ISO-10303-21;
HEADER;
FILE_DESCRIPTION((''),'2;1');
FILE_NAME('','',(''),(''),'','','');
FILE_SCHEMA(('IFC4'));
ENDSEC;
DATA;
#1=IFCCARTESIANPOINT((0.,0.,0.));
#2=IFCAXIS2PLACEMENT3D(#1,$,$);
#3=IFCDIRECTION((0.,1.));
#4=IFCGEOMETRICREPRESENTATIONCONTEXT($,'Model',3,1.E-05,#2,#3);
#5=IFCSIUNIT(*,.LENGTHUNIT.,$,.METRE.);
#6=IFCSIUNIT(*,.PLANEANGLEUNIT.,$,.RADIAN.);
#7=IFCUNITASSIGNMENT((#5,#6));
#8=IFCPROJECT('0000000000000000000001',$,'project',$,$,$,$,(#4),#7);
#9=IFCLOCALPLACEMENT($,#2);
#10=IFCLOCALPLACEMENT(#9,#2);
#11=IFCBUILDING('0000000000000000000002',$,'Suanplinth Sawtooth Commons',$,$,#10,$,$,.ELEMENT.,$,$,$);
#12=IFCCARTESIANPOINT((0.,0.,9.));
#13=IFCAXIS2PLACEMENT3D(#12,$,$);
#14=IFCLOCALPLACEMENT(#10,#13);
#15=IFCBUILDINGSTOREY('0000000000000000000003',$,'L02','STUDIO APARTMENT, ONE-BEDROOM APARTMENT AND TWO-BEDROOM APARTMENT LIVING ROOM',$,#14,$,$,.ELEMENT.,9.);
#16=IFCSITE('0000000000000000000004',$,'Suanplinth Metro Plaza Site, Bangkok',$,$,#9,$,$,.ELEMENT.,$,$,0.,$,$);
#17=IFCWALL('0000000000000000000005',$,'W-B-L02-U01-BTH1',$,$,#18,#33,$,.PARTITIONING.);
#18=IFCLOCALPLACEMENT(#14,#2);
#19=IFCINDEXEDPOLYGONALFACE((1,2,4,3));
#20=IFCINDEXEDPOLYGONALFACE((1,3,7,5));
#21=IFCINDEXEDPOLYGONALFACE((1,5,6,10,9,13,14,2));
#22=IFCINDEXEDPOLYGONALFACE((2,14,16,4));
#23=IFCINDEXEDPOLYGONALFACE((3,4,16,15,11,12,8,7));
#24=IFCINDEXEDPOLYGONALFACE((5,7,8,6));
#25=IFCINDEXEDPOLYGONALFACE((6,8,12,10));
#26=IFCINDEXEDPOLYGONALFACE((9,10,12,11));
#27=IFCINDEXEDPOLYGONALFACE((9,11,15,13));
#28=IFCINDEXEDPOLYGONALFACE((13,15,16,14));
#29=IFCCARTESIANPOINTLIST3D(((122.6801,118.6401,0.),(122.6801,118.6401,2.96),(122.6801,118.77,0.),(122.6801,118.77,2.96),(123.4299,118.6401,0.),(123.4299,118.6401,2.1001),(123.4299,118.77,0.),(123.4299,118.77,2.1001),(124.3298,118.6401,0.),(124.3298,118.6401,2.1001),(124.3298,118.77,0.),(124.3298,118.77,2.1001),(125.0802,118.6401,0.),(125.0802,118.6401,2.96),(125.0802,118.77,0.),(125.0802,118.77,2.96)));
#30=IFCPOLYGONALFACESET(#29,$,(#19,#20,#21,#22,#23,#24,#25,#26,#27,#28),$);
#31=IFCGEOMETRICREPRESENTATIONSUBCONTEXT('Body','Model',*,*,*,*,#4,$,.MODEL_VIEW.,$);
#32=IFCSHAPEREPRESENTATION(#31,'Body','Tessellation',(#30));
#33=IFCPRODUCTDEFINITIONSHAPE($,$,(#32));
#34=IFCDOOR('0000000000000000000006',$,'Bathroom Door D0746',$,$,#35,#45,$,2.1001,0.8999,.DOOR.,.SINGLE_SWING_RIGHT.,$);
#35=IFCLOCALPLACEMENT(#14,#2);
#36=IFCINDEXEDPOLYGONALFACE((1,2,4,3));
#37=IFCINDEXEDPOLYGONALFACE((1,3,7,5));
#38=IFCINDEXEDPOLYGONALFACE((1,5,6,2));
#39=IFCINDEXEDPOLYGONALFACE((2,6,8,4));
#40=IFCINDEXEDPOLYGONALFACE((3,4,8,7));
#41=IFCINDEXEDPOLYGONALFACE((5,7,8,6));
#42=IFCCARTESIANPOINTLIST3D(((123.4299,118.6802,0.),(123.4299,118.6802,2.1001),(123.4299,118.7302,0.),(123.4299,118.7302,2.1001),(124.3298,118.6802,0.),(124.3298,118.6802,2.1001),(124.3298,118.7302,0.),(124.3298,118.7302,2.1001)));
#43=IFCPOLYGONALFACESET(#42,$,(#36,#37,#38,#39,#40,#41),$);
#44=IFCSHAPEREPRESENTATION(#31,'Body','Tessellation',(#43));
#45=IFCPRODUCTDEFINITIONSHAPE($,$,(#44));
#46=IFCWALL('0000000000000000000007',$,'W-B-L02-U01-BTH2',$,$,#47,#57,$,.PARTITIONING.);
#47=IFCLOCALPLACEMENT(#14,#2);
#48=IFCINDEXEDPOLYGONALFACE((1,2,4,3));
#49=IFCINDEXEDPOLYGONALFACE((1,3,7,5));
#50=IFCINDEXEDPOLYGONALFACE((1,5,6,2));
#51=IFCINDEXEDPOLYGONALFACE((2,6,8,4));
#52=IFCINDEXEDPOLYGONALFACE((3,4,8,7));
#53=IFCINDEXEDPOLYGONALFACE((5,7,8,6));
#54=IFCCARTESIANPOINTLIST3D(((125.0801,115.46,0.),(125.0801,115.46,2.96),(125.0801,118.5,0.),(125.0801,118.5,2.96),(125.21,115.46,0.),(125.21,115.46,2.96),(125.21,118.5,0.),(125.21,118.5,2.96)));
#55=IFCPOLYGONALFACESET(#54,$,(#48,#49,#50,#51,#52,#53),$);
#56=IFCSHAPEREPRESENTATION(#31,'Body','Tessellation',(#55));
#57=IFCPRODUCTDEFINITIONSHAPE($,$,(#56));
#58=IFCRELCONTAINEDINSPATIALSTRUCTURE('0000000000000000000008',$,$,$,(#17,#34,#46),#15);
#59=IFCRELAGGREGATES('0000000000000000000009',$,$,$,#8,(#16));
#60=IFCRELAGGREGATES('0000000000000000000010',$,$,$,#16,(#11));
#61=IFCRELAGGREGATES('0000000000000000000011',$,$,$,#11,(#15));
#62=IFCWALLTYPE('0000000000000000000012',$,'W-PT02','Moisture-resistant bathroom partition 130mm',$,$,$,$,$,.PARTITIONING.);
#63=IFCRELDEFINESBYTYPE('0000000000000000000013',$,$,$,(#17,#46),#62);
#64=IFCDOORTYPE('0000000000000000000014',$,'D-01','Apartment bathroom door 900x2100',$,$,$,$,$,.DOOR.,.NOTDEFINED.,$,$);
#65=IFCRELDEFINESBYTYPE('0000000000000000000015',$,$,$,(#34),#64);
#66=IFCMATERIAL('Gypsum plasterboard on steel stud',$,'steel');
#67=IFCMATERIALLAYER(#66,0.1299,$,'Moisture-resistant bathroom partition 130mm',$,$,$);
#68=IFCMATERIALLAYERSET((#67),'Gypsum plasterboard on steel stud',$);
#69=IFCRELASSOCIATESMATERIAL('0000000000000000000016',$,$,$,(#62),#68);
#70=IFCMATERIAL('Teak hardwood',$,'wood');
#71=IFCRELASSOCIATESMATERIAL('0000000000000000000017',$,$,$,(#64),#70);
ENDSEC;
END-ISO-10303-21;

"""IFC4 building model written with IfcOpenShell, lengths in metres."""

from ifc_helpers import new_model, si_unit, direction, frame, frame_2d, origin, place, context, subcontext, project, spatial, rectangle, extrude, material, layer, layer_set, type_object, element, fill, save


model = new_model("IFC4")

# Units and contexts
model_context = context("Model", 3, precision=1e-05, world=origin(), true_north=direction((0.0, 1.0)))
body_context = subcontext(model_context, "Body", "Model", "MODEL_VIEW")
ifc_project = project(units=[si_unit("LENGTHUNIT", "METRE"), si_unit("PLANEANGLEUNIT", "RADIAN")], contexts=[model_context])

# Site, building, storey
site_placement = place(None, origin())
site = spatial("IfcSite", under=ifc_project, at=site_placement, Name="Suanplinth Metro Plaza Site, Bangkok", CompositionType="ELEMENT", RefElevation=0.0)
building_placement = place(site_placement, origin())
building = spatial("IfcBuilding", under=site, at=building_placement, Name="Suanplinth Sawtooth Commons", CompositionType="ELEMENT")
storey_placement = place(building_placement, frame((0.0, 0.0, 9.0)))
storey = spatial("IfcBuildingStorey", under=building, at=storey_placement, Name="L02", Description="STUDIO APARTMENT, ONE-BEDROOM APARTMENT AND TWO-BEDROOM APARTMENT LIVING ROOM", CompositionType="ELEMENT", Elevation=9.0)

# Shared definitions
ifc_material_1 = material(Name="Gypsum plasterboard on steel stud", Category="steel")
ifc_material_2 = material(Name="Teak hardwood", Category="wood")

# Wall, opening, door
ifc_layer_1 = layer(ifc_material_1, 0.1299, Name="Moisture-resistant bathroom partition 130mm")
ifc_layer_set_1 = layer_set([ifc_layer_1], Name="Gypsum plasterboard on steel stud")
wall_type_1 = type_object("IfcWallType", Name="W-PT02", Description="Moisture-resistant bathroom partition 130mm", PredefinedType="PARTITIONING", material=ifc_layer_set_1)
wall_1_placement = place(storey_placement, frame((122.6799, 118.7051, 0.0), z_axis=(0.0, 0.0, 1.0), x_axis=(1.0, 0.0, 0.0)))
wall_1 = element("IfcWall", 1, at=wall_1_placement, inside=storey, type_object=wall_type_1, Name="W-B-L02-U01-BTH1", PredefinedType="PARTITIONING", context=body_context, shape_type="SweptSolid", body=[
    extrude(rectangle(XDim=2.4001, YDim=0.1299, at=frame_2d((1.2002, 0.0))), origin(), (0.0, 0.0, 1.0), 2.96),
])
opening_1_placement = place(wall_1_placement, frame((0.75, 0.0, 0.0)))
opening_1 = element("IfcOpeningElement", 2, at=opening_1_placement, cuts=wall_1, PredefinedType="OPENING", context=body_context, shape_type="SweptSolid", body=[
    extrude(rectangle(XDim=0.8999, YDim=2.1001, at=frame_2d((0.45, 1.05))), frame((0.0, 0.0798, 0.0), z_axis=(0.0, -1.0, 0.0), x_axis=(1.0, 0.0, 0.0)), (0.0, 0.0, 1.0), 0.1597),
])
door_type_1 = type_object("IfcDoorType", Name="D-01", Description="Apartment bathroom door 900x2100", OperationType="NOTDEFINED", PredefinedType="DOOR", material=ifc_material_2)
door_1_placement = place(opening_1_placement, frame((0.8999, 0.0, 0.0), z_axis=(0.0, 0.0, 1.0), x_axis=(-1.0, 0.0, 0.0)))
door_1 = element("IfcDoor", 3, at=door_1_placement, inside=storey, type_object=door_type_1, Name="Bathroom Door D0746", OperationType="SINGLE_SWING_RIGHT", OverallHeight=2.1001, OverallWidth=0.8999, PredefinedType="DOOR", context=body_context, shape_type="SweptSolid", body=[
    extrude(rectangle(XDim=0.8999, YDim=2.1001, at=frame_2d((0.45, 1.05))), frame((0.0, 0.0249, 0.0), z_axis=(0.0, -1.0, 0.0), x_axis=(1.0, 0.0, 0.0)), (0.0, 0.0, 1.0), 0.05),
])
fill(opening_1, door_1)

# Wall
wall_2_placement = place(storey_placement, frame((125.145, 115.46, 0.0), z_axis=(0.0, 0.0, 1.0), x_axis=(0.0, 1.0, 0.0)))
element("IfcWall", 4, at=wall_2_placement, inside=storey, type_object=wall_type_1, Name="W-B-L02-U01-BTH2", PredefinedType="PARTITIONING", context=body_context, shape_type="SweptSolid", body=[
    extrude(rectangle(XDim=3.04, YDim=0.1299, at=frame_2d((1.52, 0.0))), origin(), (0.0, 0.0, 1.0), 2.96),
])

save(model, "model.ifc")
